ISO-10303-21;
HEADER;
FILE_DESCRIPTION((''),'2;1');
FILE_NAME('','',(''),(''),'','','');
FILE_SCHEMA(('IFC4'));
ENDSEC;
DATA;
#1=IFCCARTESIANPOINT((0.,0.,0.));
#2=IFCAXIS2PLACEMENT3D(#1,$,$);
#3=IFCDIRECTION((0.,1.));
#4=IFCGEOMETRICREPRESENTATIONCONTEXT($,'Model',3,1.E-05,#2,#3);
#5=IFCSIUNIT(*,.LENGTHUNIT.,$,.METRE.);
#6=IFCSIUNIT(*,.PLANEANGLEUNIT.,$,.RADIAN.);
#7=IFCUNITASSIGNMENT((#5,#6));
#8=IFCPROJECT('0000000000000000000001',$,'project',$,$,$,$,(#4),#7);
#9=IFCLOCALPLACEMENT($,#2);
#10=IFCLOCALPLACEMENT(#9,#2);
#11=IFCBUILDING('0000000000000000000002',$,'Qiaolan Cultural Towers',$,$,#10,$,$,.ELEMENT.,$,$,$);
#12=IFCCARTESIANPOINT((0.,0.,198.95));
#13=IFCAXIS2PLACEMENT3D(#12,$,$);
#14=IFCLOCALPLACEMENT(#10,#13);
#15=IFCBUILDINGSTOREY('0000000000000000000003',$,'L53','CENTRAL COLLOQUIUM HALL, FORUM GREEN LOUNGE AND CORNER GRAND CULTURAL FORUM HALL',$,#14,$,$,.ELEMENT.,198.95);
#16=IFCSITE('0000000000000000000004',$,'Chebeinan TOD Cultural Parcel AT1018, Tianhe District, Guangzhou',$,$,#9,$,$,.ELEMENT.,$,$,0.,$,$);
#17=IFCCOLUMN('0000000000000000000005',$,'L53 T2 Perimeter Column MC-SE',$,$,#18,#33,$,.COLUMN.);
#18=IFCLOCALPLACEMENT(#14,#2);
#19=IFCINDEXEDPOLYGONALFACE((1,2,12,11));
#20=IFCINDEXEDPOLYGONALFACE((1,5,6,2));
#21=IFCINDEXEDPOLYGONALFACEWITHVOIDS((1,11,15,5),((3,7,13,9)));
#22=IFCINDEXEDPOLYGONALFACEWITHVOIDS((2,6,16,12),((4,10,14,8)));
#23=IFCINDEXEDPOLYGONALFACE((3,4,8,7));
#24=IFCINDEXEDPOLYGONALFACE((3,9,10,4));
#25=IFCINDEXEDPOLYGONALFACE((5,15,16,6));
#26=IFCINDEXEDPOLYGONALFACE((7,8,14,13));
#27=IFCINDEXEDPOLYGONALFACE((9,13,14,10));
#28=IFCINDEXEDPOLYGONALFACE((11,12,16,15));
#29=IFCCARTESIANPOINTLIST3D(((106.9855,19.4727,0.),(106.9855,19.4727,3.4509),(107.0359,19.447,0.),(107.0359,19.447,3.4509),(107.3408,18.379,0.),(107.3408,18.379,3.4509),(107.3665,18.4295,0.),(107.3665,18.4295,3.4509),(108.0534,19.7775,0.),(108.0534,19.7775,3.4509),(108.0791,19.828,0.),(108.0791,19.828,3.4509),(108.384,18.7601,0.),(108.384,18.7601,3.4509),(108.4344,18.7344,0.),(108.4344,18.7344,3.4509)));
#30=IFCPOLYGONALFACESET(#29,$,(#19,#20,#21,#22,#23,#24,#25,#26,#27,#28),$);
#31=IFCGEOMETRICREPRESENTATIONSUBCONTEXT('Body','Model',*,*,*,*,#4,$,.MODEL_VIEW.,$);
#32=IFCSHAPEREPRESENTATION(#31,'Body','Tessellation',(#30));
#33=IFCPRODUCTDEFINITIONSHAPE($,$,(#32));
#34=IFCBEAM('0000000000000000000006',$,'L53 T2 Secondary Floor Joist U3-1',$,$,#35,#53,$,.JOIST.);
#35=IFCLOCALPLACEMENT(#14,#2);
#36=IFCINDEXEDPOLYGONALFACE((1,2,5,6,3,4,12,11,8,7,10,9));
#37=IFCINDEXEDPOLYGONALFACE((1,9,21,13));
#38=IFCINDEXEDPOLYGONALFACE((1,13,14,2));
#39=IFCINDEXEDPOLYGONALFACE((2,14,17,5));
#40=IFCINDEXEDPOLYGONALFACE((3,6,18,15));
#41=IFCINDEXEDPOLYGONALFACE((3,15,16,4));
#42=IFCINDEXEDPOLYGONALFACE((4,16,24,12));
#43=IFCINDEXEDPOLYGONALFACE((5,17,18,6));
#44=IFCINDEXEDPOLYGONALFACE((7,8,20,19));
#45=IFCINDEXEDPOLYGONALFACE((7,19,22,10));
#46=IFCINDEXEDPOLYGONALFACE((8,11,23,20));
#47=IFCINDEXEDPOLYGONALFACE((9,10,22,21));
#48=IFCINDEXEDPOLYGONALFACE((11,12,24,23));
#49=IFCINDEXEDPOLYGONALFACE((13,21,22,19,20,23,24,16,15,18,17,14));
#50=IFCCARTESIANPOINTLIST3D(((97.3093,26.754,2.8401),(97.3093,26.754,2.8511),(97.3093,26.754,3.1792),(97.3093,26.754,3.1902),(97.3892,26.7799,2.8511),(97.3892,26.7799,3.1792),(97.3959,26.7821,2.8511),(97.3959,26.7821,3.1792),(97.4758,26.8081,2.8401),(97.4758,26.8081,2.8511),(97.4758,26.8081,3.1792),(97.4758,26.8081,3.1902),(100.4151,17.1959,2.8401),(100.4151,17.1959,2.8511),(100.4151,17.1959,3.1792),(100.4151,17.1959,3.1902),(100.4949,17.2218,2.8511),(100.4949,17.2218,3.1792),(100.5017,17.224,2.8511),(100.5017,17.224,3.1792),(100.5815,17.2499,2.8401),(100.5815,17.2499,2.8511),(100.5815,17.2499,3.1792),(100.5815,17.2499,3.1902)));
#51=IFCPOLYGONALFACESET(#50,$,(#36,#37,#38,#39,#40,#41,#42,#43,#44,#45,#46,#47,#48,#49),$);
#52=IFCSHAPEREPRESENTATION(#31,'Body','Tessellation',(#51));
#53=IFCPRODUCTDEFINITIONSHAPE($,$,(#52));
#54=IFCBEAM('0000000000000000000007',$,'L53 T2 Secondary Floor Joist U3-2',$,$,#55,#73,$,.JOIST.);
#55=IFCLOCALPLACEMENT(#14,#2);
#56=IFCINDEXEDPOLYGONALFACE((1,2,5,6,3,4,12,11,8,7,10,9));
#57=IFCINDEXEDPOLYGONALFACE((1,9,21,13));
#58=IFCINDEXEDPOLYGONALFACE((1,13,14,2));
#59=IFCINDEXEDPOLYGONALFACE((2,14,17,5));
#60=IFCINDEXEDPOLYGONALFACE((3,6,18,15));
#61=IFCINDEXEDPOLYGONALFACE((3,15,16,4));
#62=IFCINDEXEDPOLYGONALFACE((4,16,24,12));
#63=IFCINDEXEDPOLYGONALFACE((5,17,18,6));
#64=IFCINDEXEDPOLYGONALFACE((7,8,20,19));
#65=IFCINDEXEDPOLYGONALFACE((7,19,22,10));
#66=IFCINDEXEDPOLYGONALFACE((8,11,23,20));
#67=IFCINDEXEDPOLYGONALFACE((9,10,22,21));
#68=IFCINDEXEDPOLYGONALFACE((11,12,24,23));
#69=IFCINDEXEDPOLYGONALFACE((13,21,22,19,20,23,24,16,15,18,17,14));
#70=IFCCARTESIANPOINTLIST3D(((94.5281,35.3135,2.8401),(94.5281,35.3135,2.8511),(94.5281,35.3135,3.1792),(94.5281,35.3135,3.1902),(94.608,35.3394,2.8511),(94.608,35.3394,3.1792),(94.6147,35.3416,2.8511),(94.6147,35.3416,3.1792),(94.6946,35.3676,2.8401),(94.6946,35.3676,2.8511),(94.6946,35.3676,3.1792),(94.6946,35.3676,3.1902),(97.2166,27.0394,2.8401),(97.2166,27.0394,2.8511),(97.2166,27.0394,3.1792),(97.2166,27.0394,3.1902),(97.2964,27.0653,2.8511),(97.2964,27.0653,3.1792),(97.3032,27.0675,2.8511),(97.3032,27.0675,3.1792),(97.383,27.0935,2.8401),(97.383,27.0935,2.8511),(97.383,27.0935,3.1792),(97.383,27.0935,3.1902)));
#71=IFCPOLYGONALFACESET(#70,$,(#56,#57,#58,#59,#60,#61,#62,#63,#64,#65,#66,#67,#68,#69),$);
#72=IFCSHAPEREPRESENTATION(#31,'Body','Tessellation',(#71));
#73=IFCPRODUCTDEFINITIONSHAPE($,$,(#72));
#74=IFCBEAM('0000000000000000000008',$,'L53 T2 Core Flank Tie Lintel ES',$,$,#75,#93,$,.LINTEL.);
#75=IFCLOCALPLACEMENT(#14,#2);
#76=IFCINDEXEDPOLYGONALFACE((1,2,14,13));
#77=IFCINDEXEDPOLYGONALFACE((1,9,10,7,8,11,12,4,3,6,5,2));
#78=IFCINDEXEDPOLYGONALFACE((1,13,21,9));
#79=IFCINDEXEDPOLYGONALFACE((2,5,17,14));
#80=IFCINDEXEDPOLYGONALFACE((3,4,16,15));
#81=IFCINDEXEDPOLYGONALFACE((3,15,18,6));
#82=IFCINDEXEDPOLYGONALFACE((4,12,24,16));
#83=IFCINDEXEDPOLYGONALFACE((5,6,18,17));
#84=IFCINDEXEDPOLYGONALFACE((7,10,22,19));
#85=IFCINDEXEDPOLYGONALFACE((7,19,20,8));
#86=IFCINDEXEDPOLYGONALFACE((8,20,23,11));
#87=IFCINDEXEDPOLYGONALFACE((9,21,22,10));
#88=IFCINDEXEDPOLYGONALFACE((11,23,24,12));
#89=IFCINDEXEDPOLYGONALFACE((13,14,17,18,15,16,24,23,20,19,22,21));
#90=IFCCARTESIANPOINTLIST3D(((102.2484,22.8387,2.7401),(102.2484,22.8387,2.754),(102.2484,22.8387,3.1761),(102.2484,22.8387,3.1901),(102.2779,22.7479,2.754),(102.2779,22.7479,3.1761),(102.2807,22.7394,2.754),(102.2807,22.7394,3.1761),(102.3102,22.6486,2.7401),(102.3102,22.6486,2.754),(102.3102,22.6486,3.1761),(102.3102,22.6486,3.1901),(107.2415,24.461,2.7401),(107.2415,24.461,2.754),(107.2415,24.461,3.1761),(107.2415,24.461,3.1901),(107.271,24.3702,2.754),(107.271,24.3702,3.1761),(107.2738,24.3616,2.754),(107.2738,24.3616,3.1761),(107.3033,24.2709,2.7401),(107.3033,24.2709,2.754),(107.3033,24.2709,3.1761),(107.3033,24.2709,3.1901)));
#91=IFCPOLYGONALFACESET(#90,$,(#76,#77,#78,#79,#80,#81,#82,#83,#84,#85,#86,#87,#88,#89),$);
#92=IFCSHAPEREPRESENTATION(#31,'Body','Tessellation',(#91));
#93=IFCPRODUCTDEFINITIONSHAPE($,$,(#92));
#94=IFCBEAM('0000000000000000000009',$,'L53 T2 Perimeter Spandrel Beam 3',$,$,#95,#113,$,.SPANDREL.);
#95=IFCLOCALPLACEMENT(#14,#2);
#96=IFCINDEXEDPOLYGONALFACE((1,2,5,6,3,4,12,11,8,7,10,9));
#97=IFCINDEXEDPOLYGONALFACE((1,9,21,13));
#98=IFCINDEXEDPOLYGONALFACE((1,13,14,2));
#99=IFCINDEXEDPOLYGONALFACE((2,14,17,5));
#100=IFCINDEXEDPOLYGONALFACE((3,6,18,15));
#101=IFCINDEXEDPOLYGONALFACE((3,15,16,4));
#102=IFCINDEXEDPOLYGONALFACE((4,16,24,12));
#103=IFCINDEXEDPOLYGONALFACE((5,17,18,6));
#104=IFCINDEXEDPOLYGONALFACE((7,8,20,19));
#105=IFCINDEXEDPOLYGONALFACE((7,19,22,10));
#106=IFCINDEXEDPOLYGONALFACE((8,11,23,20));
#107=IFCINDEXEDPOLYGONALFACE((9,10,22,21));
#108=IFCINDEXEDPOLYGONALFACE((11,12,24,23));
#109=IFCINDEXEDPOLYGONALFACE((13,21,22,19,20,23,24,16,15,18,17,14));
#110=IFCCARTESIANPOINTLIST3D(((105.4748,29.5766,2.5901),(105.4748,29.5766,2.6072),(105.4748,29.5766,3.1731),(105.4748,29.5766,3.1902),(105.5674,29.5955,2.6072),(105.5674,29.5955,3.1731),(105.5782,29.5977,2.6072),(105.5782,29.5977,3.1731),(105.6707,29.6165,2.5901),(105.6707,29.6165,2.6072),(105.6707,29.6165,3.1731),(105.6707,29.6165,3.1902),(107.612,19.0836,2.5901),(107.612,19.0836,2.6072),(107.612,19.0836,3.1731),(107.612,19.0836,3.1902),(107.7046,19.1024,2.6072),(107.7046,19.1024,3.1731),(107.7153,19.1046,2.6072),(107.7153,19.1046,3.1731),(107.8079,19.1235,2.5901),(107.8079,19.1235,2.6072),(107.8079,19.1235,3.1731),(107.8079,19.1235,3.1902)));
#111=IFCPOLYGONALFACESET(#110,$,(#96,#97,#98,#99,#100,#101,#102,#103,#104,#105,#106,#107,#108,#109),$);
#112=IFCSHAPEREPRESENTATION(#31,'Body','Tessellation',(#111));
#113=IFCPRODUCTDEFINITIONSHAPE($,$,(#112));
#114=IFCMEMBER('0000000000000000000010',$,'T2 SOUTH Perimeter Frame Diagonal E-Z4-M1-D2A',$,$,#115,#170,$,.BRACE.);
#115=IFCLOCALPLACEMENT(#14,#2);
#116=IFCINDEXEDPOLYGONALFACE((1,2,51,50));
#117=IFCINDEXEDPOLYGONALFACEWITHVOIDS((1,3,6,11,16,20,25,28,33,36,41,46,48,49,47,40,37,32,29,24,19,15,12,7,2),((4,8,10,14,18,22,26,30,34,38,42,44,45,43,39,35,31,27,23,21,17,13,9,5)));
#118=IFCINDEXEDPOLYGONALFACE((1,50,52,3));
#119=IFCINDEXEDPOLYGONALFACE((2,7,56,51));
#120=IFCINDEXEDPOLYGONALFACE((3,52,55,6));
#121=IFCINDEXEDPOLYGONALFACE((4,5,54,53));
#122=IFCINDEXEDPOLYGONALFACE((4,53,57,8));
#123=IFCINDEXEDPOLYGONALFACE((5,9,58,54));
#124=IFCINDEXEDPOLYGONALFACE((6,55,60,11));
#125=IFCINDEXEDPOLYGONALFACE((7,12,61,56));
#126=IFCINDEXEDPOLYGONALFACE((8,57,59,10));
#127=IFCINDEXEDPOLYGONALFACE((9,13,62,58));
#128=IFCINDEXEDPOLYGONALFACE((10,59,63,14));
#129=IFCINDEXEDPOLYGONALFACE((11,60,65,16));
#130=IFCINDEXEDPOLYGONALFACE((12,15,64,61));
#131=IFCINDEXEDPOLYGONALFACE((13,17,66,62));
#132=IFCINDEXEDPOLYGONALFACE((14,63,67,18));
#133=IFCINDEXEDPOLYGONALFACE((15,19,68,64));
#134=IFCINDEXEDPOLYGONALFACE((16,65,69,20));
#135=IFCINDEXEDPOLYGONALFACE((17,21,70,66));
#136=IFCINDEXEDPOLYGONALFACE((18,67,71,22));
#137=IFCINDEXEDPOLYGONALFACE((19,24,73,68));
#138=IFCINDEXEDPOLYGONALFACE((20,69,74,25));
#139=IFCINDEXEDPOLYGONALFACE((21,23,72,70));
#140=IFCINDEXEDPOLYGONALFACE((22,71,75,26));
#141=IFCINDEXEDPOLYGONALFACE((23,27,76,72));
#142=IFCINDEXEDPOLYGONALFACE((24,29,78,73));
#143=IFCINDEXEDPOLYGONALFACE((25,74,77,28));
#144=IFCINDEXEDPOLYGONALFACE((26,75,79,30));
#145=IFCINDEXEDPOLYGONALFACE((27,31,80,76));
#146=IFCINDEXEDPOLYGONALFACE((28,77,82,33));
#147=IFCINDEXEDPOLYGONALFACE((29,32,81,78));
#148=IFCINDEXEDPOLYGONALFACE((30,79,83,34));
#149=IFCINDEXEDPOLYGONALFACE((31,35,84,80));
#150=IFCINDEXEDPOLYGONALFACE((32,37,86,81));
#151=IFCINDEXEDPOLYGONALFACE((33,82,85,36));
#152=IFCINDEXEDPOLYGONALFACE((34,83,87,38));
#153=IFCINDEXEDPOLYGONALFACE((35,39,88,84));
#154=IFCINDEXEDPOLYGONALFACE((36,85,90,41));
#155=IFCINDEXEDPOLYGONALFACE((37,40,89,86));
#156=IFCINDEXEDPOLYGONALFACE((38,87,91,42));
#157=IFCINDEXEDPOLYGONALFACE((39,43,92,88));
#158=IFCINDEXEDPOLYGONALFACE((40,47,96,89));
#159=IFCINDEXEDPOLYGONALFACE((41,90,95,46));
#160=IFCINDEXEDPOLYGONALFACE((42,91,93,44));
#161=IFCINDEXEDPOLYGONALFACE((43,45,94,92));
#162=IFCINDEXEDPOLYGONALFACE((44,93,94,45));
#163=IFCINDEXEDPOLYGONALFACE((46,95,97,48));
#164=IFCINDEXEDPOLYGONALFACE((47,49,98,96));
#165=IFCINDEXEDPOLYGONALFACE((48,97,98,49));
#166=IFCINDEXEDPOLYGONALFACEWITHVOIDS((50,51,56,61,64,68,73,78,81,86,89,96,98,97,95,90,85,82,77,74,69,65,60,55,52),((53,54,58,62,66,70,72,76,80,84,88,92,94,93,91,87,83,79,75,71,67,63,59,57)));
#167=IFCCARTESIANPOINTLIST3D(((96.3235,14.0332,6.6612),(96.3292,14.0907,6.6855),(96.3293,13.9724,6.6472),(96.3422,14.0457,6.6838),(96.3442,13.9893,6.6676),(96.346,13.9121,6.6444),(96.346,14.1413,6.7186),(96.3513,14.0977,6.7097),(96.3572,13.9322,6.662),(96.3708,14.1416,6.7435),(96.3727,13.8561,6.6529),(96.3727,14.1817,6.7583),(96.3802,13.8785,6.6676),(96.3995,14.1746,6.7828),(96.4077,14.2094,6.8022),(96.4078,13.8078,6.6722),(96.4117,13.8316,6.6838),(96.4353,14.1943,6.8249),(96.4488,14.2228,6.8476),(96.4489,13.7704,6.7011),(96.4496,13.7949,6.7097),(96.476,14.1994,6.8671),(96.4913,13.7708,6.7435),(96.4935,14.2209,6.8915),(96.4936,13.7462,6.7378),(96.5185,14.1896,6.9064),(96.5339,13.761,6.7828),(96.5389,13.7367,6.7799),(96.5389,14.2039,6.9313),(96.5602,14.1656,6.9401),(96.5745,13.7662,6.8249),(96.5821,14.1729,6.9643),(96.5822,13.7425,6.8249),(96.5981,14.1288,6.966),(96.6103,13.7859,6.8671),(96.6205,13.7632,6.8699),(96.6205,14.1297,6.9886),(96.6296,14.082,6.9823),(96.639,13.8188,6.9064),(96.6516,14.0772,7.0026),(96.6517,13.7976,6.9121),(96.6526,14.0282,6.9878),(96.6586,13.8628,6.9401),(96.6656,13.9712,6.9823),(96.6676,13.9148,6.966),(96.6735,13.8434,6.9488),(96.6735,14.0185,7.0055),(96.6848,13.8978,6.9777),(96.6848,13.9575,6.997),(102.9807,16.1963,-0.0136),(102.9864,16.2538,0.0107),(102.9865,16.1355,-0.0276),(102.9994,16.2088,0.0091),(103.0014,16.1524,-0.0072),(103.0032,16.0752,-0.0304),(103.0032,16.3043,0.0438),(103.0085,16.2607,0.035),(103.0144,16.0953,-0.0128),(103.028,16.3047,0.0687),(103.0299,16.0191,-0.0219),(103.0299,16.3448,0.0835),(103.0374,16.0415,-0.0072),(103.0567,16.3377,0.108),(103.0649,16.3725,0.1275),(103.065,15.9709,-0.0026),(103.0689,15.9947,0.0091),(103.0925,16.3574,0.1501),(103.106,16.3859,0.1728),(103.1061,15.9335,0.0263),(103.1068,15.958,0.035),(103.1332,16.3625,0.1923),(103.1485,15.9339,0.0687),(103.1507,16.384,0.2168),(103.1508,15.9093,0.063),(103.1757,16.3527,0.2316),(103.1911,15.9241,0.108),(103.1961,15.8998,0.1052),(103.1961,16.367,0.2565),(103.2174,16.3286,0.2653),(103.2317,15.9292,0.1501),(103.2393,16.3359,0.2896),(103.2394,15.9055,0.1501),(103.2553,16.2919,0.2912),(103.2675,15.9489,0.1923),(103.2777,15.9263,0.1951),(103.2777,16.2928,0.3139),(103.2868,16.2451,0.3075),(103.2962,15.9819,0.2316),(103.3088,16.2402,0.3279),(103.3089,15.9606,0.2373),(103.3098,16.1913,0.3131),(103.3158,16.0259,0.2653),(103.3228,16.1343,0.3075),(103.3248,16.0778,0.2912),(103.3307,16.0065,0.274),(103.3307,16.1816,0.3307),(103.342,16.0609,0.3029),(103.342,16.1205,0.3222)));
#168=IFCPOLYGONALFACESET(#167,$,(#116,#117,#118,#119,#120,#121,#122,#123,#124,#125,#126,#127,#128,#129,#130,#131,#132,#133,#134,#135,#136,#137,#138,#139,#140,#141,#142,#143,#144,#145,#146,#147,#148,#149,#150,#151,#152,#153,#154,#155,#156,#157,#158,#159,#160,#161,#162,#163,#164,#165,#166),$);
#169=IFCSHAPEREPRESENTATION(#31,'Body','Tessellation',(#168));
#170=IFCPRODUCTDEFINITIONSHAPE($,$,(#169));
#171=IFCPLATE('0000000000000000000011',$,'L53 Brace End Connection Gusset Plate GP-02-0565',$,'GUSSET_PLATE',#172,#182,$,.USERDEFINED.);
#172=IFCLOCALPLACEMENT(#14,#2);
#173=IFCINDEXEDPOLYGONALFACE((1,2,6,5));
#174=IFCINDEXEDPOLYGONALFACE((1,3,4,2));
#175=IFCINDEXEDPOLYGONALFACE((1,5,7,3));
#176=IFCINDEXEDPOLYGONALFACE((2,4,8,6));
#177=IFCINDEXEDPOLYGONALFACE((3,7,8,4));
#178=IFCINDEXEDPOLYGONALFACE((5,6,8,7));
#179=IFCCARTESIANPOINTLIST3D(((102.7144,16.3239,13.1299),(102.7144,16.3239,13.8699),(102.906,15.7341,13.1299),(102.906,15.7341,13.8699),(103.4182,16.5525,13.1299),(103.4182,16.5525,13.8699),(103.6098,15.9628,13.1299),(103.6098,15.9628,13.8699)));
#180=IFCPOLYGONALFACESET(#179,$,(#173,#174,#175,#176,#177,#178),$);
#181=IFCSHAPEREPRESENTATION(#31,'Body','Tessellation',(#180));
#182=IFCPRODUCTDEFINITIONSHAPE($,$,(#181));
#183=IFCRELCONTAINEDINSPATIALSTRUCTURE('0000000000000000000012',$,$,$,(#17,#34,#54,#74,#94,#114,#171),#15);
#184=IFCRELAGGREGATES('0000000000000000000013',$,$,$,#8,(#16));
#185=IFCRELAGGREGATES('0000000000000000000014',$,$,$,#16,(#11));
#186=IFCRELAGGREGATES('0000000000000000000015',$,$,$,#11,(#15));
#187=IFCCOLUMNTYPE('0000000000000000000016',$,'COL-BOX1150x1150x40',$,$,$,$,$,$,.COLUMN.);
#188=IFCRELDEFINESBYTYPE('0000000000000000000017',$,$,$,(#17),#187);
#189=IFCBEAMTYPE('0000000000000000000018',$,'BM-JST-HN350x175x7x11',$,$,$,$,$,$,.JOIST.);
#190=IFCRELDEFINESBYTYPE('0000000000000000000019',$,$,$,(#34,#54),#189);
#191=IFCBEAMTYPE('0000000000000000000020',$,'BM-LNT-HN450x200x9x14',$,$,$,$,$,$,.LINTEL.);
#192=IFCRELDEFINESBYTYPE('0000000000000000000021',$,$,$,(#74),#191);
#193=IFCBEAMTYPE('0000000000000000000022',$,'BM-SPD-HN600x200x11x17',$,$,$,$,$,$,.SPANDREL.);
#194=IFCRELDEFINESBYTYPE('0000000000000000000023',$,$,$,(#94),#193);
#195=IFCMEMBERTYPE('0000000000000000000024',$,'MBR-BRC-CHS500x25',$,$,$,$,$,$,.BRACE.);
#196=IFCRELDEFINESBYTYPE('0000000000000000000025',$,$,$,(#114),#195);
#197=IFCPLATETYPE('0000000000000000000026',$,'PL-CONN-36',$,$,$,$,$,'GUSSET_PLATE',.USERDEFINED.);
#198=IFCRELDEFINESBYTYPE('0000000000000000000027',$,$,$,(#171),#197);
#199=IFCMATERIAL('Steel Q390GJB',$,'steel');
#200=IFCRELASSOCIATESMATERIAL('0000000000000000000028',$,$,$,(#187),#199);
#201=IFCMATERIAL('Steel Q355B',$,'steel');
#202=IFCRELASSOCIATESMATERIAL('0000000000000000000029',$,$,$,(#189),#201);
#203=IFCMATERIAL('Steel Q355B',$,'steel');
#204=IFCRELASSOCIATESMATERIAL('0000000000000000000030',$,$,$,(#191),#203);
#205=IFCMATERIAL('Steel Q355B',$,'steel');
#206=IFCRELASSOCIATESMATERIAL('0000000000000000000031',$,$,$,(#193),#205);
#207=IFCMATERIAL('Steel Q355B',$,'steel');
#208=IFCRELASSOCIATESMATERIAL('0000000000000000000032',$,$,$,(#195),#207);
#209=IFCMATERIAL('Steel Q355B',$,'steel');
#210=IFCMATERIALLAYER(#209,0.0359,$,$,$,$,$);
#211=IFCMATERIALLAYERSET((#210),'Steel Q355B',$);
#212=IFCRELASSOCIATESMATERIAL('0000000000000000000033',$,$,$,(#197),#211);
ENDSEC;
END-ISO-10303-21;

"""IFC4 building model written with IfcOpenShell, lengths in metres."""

from ifc_helpers import new_model, si_unit, direction, frame, origin, origin_2d, place, context, subcontext, project, spatial, rectangle, hollow_rectangle, hollow_circle, i_section, extrude, material, layer, layer_set, material_profile, profile_set, type_object, element, save


model = new_model("IFC4")

# Units and contexts
model_context = context("Model", 3, precision=1e-05, world=origin(), true_north=direction((0.0, 1.0)))
body_context = subcontext(model_context, "Body", "Model", "MODEL_VIEW")
ifc_project = project(units=[si_unit("LENGTHUNIT", "METRE"), si_unit("PLANEANGLEUNIT", "RADIAN")], contexts=[model_context])

# Site, building, storey
site_placement = place(None, origin())
site = spatial("IfcSite", under=ifc_project, at=site_placement, Name="Chebeinan TOD Cultural Parcel AT1018, Tianhe District, Guangzhou", CompositionType="ELEMENT", RefElevation=0.0)
building_placement = place(site_placement, origin())
building = spatial("IfcBuilding", under=site, at=building_placement, Name="Qiaolan Cultural Towers", CompositionType="ELEMENT")
storey_placement = place(building_placement, frame((0.0, 0.0, 198.95)))
storey = spatial("IfcBuildingStorey", under=building, at=storey_placement, Name="L53", Description="CENTRAL COLLOQUIUM HALL, FORUM GREEN LOUNGE AND CORNER GRAND CULTURAL FORUM HALL", CompositionType="ELEMENT", Elevation=198.95)

# Column
ifc_material_1 = material(Name="Steel Q390GJB", Category="steel")
ifc_material_profile_1 = material_profile(ifc_material_1, hollow_rectangle(XDim=1.1499, YDim=1.1499, WallThickness=0.04, at=origin_2d()), Name="BOX1150x1150x40")
ifc_profile_set_1 = profile_set([ifc_material_profile_1], Name="Steel Q390GJB")
column_type = type_object("IfcColumnType", Name="COL-BOX1150x1150x40", PredefinedType="COLUMN", material=ifc_profile_set_1)
column_placement = place(storey_placement, frame((107.71, 19.1035, 0.0), z_axis=(0.0, 0.0, 1.0), x_axis=(0.951057, 0.309017, 0.0)))
element("IfcColumn", 1, at=column_placement, inside=storey, type_object=column_type, Name="L53 T2 Perimeter Column MC-SE", PredefinedType="COLUMN", context=body_context, shape_type="SweptSolid", body=[
    extrude(hollow_rectangle(XDim=1.1499, YDim=1.1499, WallThickness=0.04, at=origin_2d()), origin(), (0.0, 0.0, 1.0), 3.4509),
])

# Beams
ifc_material_2 = material(Name="Steel Q355B", Category="steel")
ifc_material_profile_2 = material_profile(ifc_material_2, i_section(OverallWidth=0.175, OverallDepth=0.3501, WebThickness=0.0071, FlangeThickness=0.011, at=origin_2d()), Name="HN350x175x7x11")
ifc_profile_set_2 = profile_set([ifc_material_profile_2], Name="Steel Q355B")
beam_type_1 = type_object("IfcBeamType", Name="BM-JST-HN350x175x7x11", PredefinedType="JOIST", material=ifc_profile_set_2)
beam_1_placement = place(storey_placement, frame((100.4983, 17.2229, 3.0151), z_axis=(-0.309026, 0.951054, 0.0), x_axis=(-0.951054, -0.309026, 0.0)))
element("IfcBeam", 2, at=beam_1_placement, inside=storey, type_object=beam_type_1, Name="L53 T2 Secondary Floor Joist U3-1", PredefinedType="JOIST", context=body_context, shape_type="SweptSolid", body=[
    extrude(i_section(OverallWidth=0.175, OverallDepth=0.3501, WebThickness=0.0071, FlangeThickness=0.011, at=origin_2d()), origin(), (0.0, 0.0, 1.0), 10.05),
])
beam_2_placement = place(storey_placement, frame((97.2998, 27.0664, 3.0151), z_axis=(-0.309021, 0.951055, 0.0), x_axis=(-0.951055, -0.309021, 0.0)))
element("IfcBeam", 3, at=beam_2_placement, inside=storey, type_object=beam_type_1, Name="L53 T2 Secondary Floor Joist U3-2", PredefinedType="JOIST", context=body_context, shape_type="SweptSolid", body=[
    extrude(i_section(OverallWidth=0.175, OverallDepth=0.3501, WebThickness=0.0071, FlangeThickness=0.011, at=origin_2d()), origin(), (0.0, 0.0, 1.0), 8.7),
])
ifc_material_3 = material(Name="Steel Q355B", Category="steel")
ifc_material_profile_3 = material_profile(ifc_material_3, i_section(OverallWidth=0.2, OverallDepth=0.45, WebThickness=0.009, FlangeThickness=0.0139, at=origin_2d()), Name="HN450x200x9x14")
ifc_profile_set_3 = profile_set([ifc_material_profile_3], Name="Steel Q355B")
beam_type_2 = type_object("IfcBeamType", Name="BM-LNT-HN450x200x9x14", PredefinedType="LINTEL", material=ifc_profile_set_3)
beam_3_placement = place(storey_placement, frame((102.2793, 22.7437, 2.9651), z_axis=(0.95106, 0.309006, 0.0), x_axis=(-0.309006, 0.95106, 0.0)))
element("IfcBeam", 4, at=beam_3_placement, inside=storey, type_object=beam_type_2, Name="L53 T2 Core Flank Tie Lintel ES", PredefinedType="LINTEL", context=body_context, shape_type="SweptSolid", body=[
    extrude(i_section(OverallWidth=0.2, OverallDepth=0.45, WebThickness=0.009, FlangeThickness=0.0139, at=origin_2d()), origin(), (0.0, 0.0, 1.0), 5.25),
])
ifc_material_4 = material(Name="Steel Q355B", Category="steel")
ifc_material_profile_4 = material_profile(ifc_material_4, i_section(OverallWidth=0.2, OverallDepth=0.6001, WebThickness=0.011, FlangeThickness=0.0171, at=origin_2d()), Name="HN600x200x11x17")
ifc_profile_set_4 = profile_set([ifc_material_profile_4], Name="Steel Q355B")
beam_type_3 = type_object("IfcBeamType", Name="BM-SPD-HN600x200x11x17", PredefinedType="SPANDREL", material=ifc_profile_set_4)
beam_4_placement = place(storey_placement, frame((107.71, 19.1035, 2.8901), z_axis=(-0.199579, 0.979882, 0.0), x_axis=(-0.979882, -0.199579, 0.0)))
element("IfcBeam", 5, at=beam_4_placement, inside=storey, type_object=beam_type_3, Name="L53 T2 Perimeter Spandrel Beam 3", PredefinedType="SPANDREL", context=body_context, shape_type="SweptSolid", body=[
    extrude(i_section(OverallWidth=0.2, OverallDepth=0.6001, WebThickness=0.011, FlangeThickness=0.0171, at=origin_2d()), origin(), (0.0, 0.0, 1.0), 10.7085),
])

# Member
ifc_material_5 = material(Name="Steel Q355B", Category="steel")
ifc_material_profile_5 = material_profile(ifc_material_5, hollow_circle(Radius=0.25, WallThickness=0.0249, at=origin_2d()), Name="CHS500x25")
ifc_profile_set_5 = profile_set([ifc_material_profile_5], Name="Steel Q355B")
member_type = type_object("IfcMemberType", Name="MBR-BRC-CHS500x25", PredefinedType="BRACE", material=ifc_profile_set_5)
member_placement = place(storey_placement, frame((103.1621, 16.1433, 0.1501), z_axis=(-0.688288, -0.22364, 0.690105), x_axis=(0.30902, -0.951056, 0.0)))
element("IfcMember", 6, at=member_placement, inside=storey, type_object=member_type, Name="T2 SOUTH Perimeter Frame Diagonal E-Z4-M1-D2A", PredefinedType="BRACE", context=body_context, shape_type="SweptSolid", body=[
    extrude(hollow_circle(Radius=0.25, WallThickness=0.0249, at=origin_2d()), origin(), (0.0, 0.0, 1.0), 9.6721),
])

# Plate
ifc_material_6 = material(Name="Steel Q355B", Category="steel")
ifc_layer_1 = layer(ifc_material_6, 0.0359)
ifc_layer_set_1 = layer_set([ifc_layer_1], Name="Steel Q355B")
plate_type_1 = type_object("IfcPlateType", Name="PL-CONN-36", ElementType="GUSSET_PLATE", PredefinedType="USERDEFINED", material=ifc_layer_set_1)
plate_1_placement = place(storey_placement, frame((103.1621, 16.1433, 13.1299), z_axis=(0.0, 0.0, 1.0), x_axis=(0.951057, 0.309017, 0.0)))
element("IfcPlate", 7, at=plate_1_placement, inside=storey, type_object=plate_type_1, Name="L53 Brace End Connection Gusset Plate GP-02-0565", ObjectType="GUSSET_PLATE", PredefinedType="USERDEFINED", context=body_context, shape_type="SweptSolid", body=[
    extrude(rectangle(XDim=0.74, YDim=0.6201, at=origin_2d()), origin(), (0.0, 0.0, 1.0), 0.74),
])

save(model, "model.ifc")
